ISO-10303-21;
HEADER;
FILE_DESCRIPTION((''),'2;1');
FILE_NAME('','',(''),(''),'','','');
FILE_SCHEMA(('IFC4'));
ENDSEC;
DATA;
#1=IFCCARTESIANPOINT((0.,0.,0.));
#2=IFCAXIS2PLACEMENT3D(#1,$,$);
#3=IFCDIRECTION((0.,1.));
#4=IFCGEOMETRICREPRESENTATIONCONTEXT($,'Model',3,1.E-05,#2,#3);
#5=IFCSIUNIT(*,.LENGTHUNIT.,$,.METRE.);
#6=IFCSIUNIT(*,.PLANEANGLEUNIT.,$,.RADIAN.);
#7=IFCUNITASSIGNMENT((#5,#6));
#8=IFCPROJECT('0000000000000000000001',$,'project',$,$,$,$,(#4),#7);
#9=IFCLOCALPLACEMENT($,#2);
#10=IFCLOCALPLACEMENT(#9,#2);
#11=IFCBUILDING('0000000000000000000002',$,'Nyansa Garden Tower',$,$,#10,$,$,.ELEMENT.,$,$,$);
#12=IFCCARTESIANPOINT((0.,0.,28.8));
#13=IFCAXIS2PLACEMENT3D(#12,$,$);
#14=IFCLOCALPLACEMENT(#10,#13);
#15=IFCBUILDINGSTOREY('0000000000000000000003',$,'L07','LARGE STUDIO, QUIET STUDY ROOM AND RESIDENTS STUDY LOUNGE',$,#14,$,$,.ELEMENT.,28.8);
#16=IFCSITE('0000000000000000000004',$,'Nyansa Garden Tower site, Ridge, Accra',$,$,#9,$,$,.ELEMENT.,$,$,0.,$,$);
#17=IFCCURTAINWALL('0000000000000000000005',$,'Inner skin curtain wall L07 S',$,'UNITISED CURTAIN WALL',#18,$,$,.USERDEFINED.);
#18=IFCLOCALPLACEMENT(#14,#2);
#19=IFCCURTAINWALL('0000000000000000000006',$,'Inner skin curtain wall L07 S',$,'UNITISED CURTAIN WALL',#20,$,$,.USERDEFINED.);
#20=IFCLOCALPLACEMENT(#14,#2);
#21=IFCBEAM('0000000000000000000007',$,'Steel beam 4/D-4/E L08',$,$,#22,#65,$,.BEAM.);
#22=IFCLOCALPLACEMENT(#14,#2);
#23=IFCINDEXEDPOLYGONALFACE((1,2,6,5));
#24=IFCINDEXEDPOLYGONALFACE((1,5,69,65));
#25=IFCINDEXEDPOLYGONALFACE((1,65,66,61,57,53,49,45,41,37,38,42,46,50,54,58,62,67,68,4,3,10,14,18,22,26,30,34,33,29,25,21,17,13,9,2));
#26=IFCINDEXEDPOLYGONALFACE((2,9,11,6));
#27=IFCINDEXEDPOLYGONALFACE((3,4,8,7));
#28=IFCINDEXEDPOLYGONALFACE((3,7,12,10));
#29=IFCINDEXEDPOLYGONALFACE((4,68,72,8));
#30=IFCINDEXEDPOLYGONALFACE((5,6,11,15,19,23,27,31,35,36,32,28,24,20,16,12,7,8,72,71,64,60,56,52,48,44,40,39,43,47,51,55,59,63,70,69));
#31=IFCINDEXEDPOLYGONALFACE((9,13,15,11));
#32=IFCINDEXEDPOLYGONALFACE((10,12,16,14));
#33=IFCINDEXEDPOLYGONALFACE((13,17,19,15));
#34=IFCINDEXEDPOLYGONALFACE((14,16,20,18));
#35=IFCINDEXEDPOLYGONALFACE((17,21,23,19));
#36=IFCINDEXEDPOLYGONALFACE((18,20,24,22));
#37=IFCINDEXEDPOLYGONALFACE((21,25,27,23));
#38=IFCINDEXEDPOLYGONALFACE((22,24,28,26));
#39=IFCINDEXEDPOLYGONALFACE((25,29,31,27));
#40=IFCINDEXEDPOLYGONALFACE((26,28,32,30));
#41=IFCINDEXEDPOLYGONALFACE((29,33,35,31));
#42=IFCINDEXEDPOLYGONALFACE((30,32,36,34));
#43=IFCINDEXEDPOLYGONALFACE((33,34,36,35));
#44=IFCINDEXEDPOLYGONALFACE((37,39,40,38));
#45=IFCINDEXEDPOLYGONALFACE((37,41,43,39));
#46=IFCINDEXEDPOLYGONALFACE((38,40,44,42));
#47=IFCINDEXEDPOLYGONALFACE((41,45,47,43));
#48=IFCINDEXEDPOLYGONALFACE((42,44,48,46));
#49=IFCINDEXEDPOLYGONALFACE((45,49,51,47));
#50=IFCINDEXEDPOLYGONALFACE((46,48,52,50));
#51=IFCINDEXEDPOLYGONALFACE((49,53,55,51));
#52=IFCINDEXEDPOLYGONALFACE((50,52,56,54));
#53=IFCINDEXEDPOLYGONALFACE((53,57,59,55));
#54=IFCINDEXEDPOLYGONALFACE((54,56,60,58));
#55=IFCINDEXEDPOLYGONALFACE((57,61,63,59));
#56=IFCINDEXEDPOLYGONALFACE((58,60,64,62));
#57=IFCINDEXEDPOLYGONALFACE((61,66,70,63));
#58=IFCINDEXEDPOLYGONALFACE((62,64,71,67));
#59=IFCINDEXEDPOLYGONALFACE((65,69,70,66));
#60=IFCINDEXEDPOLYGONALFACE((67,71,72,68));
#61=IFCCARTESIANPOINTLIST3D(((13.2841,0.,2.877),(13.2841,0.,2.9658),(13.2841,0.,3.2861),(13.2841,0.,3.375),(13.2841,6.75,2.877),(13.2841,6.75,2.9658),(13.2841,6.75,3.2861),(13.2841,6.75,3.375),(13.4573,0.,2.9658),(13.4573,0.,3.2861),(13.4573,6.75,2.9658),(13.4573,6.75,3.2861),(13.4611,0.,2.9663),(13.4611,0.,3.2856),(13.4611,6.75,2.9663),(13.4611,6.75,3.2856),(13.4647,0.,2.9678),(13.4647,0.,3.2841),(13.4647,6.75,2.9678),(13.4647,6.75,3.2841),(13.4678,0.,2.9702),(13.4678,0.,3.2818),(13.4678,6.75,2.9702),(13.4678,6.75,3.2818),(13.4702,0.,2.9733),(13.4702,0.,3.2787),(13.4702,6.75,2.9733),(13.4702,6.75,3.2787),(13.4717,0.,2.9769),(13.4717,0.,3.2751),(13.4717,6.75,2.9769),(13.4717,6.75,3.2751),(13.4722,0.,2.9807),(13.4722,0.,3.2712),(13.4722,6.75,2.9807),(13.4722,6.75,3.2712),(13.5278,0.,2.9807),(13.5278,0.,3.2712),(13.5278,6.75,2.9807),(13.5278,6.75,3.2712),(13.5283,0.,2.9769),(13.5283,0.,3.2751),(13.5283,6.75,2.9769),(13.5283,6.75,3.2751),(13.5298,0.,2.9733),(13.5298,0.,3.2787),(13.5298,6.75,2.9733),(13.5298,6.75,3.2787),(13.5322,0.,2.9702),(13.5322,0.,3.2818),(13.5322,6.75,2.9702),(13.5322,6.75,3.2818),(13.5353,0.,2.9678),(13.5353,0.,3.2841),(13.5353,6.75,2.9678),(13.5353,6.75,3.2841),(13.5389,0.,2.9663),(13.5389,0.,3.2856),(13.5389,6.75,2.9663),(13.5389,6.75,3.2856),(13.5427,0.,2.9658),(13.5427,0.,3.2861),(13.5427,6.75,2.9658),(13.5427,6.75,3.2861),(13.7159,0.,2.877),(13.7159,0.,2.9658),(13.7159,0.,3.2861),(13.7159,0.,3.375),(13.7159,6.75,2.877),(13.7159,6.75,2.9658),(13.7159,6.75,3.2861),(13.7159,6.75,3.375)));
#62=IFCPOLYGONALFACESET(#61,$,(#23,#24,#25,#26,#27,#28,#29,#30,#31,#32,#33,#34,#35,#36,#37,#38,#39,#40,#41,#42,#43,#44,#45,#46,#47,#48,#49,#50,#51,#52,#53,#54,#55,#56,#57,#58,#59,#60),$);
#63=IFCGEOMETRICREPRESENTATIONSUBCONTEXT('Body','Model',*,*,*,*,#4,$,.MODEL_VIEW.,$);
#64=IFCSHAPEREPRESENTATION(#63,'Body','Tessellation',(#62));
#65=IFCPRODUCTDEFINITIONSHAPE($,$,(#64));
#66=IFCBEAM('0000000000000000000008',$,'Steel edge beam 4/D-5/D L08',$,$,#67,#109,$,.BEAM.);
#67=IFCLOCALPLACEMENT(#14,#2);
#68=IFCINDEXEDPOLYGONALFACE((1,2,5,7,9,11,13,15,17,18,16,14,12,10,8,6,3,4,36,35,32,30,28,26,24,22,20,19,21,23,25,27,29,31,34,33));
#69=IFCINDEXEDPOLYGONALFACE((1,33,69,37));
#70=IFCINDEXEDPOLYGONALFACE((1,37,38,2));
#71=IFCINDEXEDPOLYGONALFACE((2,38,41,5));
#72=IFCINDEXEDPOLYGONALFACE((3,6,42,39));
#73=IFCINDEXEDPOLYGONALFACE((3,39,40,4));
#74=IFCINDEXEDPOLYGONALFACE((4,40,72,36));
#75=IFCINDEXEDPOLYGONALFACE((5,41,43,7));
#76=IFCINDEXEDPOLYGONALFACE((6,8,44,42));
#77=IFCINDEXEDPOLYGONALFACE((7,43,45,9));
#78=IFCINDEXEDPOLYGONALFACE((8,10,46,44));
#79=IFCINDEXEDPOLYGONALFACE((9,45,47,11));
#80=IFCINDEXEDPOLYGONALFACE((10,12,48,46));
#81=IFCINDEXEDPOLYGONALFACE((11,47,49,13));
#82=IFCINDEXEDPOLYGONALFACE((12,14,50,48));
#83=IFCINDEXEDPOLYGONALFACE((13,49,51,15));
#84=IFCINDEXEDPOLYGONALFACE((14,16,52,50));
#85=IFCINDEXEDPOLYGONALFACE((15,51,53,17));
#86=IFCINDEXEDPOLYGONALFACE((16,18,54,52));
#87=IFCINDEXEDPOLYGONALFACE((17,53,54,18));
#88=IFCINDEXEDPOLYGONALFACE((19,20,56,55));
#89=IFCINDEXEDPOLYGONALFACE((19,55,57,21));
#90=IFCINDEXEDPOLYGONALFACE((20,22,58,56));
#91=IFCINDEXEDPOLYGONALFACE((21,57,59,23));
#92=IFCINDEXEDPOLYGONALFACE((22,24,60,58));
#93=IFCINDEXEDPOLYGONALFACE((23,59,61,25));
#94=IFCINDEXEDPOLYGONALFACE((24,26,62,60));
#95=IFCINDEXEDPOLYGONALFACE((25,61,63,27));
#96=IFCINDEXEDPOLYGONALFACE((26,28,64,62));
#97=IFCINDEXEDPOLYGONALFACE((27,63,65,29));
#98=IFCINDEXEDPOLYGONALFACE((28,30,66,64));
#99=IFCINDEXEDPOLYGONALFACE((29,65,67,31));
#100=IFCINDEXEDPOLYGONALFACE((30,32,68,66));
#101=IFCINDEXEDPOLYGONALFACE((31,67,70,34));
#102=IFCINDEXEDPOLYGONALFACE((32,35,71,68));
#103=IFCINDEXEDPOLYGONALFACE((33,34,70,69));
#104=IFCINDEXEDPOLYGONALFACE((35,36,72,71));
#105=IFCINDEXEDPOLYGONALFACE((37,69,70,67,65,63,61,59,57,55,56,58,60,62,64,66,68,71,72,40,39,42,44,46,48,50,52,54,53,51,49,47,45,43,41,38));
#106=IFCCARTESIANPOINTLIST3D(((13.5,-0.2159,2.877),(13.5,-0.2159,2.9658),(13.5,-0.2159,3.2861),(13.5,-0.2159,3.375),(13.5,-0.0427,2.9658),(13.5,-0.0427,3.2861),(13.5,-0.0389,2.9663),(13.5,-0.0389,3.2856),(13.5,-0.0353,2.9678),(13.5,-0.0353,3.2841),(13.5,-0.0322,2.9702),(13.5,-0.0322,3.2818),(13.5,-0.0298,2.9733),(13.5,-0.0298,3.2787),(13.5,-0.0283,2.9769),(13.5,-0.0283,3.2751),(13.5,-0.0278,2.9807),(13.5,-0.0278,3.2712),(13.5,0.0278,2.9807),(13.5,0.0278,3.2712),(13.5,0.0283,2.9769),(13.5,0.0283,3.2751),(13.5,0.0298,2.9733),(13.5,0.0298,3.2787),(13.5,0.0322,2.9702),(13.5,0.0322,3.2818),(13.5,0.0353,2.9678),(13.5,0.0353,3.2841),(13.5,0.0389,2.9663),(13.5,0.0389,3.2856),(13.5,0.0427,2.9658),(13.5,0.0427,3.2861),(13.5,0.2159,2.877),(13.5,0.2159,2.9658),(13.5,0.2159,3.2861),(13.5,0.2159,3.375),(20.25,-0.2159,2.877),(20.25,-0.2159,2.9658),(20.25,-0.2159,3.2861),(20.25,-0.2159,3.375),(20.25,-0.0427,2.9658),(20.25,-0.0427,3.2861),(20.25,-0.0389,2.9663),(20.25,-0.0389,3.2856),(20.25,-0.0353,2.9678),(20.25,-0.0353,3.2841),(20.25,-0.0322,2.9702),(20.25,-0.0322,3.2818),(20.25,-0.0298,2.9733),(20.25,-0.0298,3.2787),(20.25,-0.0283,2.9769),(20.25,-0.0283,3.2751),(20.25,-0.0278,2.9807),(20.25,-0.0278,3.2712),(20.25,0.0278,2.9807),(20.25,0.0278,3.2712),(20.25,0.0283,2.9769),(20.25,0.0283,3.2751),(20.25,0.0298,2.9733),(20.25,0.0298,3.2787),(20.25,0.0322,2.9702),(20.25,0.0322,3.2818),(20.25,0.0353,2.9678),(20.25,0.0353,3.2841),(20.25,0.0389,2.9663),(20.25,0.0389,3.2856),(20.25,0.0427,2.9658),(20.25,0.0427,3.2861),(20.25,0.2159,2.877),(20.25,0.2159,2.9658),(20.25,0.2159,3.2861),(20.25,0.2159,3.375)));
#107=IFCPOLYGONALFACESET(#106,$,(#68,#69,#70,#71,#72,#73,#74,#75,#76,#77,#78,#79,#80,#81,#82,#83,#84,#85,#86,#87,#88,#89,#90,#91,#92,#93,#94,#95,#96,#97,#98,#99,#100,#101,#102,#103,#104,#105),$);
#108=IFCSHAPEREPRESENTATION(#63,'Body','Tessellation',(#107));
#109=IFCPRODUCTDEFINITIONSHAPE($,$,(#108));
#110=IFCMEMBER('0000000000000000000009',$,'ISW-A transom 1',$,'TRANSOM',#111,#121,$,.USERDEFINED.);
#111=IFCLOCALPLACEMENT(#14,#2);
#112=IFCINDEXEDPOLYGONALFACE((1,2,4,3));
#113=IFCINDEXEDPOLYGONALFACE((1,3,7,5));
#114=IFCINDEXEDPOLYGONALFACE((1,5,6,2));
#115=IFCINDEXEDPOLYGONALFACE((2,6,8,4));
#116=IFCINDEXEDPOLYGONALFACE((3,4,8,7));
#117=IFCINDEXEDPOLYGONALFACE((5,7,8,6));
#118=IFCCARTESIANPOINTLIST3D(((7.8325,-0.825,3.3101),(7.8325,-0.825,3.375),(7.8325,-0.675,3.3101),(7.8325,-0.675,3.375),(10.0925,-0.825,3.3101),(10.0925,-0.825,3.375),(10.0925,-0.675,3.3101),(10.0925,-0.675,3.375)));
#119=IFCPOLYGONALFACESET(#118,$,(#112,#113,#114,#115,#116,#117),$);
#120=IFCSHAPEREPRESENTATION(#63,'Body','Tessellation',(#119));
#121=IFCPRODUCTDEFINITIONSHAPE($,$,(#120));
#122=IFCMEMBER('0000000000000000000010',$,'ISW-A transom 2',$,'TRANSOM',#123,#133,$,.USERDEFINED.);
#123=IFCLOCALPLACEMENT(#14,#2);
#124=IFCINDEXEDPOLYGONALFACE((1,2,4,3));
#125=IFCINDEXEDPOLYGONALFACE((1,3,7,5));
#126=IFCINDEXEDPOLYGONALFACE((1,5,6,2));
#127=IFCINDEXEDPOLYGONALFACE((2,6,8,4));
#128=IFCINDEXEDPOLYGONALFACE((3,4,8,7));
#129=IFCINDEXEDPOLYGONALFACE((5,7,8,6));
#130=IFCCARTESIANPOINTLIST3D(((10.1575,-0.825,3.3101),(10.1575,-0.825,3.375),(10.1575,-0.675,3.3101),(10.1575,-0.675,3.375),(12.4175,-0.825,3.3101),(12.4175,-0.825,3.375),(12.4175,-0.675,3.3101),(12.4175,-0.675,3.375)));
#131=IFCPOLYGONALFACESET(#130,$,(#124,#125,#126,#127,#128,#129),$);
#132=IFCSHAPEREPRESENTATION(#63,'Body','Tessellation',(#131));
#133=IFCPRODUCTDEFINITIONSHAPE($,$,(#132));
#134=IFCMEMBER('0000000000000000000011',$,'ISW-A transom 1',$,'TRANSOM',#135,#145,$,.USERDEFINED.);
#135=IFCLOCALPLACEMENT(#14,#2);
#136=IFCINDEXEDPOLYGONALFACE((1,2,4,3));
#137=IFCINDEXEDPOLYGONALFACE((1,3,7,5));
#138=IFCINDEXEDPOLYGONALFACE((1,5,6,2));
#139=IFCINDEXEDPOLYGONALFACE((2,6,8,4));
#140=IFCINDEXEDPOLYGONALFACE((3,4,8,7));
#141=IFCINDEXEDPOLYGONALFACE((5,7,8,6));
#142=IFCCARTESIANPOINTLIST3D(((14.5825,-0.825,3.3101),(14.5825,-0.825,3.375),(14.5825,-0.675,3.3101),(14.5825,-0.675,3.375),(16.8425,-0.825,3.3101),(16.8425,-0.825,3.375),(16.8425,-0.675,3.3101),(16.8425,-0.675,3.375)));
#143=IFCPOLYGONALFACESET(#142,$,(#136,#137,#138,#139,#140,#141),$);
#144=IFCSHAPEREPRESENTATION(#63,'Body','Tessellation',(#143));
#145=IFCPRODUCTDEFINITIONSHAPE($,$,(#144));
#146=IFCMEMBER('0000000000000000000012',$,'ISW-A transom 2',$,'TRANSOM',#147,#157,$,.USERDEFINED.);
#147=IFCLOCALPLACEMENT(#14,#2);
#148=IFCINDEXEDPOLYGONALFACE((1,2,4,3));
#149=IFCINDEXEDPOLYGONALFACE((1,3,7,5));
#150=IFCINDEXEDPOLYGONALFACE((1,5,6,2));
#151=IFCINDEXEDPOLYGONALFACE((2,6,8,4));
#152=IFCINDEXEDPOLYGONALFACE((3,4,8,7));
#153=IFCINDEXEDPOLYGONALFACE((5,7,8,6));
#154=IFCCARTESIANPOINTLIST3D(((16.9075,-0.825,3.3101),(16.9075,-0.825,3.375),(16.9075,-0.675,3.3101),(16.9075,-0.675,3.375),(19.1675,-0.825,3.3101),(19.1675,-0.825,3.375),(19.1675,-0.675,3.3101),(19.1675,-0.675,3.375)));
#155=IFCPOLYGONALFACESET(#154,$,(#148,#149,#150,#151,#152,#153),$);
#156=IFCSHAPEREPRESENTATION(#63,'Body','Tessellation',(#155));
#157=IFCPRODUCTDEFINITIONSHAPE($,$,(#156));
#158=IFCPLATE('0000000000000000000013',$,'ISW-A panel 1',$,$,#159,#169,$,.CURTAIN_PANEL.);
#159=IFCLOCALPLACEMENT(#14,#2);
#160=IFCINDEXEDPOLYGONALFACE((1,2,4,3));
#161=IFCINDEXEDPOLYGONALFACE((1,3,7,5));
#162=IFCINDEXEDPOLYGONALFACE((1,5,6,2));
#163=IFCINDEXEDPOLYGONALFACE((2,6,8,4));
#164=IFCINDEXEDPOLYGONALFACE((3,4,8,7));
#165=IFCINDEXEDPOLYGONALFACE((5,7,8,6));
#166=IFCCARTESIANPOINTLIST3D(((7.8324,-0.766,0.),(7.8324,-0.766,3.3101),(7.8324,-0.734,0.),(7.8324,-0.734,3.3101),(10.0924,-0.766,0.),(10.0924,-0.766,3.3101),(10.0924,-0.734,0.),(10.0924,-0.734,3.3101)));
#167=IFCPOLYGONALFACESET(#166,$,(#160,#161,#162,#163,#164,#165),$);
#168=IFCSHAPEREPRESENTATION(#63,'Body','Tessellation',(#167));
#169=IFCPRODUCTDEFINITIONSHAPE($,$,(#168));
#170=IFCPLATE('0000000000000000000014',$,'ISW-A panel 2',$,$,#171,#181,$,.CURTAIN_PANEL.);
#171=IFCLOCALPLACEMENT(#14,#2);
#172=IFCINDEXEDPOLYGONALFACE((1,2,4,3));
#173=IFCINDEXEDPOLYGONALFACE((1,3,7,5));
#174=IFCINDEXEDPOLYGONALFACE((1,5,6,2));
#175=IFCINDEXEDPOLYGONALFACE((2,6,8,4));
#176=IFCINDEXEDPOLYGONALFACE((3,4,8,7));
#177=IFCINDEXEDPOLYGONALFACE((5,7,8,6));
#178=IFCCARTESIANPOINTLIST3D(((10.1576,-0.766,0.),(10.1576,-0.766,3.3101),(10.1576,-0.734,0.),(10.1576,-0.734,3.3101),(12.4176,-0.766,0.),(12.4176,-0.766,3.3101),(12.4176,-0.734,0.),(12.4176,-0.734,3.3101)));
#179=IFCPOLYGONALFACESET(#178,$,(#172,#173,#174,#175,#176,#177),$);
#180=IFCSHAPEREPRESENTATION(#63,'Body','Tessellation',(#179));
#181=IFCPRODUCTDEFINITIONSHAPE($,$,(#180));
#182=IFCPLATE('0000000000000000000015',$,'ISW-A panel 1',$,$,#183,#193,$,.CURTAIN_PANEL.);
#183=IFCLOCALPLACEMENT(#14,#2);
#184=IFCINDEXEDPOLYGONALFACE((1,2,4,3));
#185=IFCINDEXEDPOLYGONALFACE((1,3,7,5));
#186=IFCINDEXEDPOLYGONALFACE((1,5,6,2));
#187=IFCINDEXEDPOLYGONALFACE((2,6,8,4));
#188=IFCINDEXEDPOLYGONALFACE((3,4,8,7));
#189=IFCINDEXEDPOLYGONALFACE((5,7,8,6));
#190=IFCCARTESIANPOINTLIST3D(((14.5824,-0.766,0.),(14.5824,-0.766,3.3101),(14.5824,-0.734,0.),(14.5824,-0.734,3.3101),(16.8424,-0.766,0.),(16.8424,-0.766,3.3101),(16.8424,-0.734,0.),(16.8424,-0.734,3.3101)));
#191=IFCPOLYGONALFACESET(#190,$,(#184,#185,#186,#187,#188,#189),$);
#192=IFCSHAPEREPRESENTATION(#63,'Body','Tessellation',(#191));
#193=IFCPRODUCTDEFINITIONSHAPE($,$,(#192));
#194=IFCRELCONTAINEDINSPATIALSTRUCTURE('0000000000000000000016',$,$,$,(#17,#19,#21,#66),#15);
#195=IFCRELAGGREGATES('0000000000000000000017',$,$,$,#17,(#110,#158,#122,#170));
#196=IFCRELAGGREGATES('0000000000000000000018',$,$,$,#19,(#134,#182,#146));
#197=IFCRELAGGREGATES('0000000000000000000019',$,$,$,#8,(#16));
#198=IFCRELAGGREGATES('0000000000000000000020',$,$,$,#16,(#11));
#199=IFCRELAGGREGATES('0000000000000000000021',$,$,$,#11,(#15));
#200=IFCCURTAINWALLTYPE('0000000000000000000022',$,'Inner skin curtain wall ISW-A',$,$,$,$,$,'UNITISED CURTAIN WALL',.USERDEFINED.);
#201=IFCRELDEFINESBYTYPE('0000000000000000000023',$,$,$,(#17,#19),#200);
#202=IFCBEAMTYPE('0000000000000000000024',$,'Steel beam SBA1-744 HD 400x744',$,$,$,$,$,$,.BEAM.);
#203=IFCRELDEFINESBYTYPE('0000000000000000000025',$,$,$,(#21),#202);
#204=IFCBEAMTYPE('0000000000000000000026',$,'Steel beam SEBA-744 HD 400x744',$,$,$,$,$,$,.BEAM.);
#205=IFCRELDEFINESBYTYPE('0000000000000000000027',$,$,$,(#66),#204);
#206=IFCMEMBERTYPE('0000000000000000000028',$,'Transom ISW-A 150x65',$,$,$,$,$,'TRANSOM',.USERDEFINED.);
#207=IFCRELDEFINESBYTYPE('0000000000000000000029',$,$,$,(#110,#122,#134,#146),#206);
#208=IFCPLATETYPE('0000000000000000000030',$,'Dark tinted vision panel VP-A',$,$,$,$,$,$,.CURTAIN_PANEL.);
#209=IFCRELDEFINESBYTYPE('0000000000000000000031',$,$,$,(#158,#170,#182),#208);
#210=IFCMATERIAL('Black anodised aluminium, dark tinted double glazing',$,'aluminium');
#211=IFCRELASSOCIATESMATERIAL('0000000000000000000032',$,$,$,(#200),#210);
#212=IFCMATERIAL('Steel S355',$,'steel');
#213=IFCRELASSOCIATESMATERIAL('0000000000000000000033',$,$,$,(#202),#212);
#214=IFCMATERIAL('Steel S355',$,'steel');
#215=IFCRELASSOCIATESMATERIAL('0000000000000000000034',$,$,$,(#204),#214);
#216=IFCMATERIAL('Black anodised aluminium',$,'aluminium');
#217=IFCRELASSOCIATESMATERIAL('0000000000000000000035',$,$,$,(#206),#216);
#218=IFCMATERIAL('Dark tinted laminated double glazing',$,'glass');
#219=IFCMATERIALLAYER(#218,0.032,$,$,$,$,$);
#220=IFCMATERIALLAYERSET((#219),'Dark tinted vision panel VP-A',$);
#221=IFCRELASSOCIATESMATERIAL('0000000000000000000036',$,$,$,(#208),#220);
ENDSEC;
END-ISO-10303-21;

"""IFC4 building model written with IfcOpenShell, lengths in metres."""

from ifc_helpers import new_model, si_unit, direction, frame, origin, origin_2d, place, context, subcontext, project, spatial, rectangle, i_section, extrude, material, layer, layer_set, material_profile, profile_set, type_object, element, aggregate, save


model = new_model("IFC4")

# Units and contexts
model_context = context("Model", 3, precision=1e-05, world=origin(), true_north=direction((0.0, 1.0)))
body_context = subcontext(model_context, "Body", "Model", "MODEL_VIEW")
ifc_project = project(units=[si_unit("LENGTHUNIT", "METRE"), si_unit("PLANEANGLEUNIT", "RADIAN")], contexts=[model_context])

# Site, building, storey
site_placement = place(None, origin())
site = spatial("IfcSite", under=ifc_project, at=site_placement, Name="Nyansa Garden Tower site, Ridge, Accra", CompositionType="ELEMENT", RefElevation=0.0)
building_placement = place(site_placement, origin())
building = spatial("IfcBuilding", under=site, at=building_placement, Name="Nyansa Garden Tower", CompositionType="ELEMENT")
storey_placement = place(building_placement, frame((0.0, 0.0, 28.8)))
storey = spatial("IfcBuildingStorey", under=building, at=storey_placement, Name="L07", Description="LARGE STUDIO, QUIET STUDY ROOM AND RESIDENTS STUDY LOUNGE", CompositionType="ELEMENT", Elevation=28.8)

# Curtain walls
ifc_material_1 = material(Name="Black anodised aluminium, dark tinted double glazing", Category="aluminium")
curtain_wall_type = type_object("IfcCurtainWallType", Name="Inner skin curtain wall ISW-A", ElementType="UNITISED CURTAIN WALL", PredefinedType="USERDEFINED", material=ifc_material_1)
curtain_wall_1_placement = place(storey_placement, origin())
curtain_wall_1 = element("IfcCurtainWall", 1, at=curtain_wall_1_placement, inside=storey, type_object=curtain_wall_type, Name="Inner skin curtain wall L07 S", ObjectType="UNITISED CURTAIN WALL", PredefinedType="USERDEFINED")
curtain_wall_2_placement = place(storey_placement, origin())
curtain_wall_2 = element("IfcCurtainWall", 2, at=curtain_wall_2_placement, inside=storey, type_object=curtain_wall_type, Name="Inner skin curtain wall L07 S", ObjectType="UNITISED CURTAIN WALL", PredefinedType="USERDEFINED")

# Beams
ifc_material_2 = material(Name="Steel S355", Category="steel")
ifc_material_profile_1 = material_profile(ifc_material_2, i_section(OverallWidth=0.4319, OverallDepth=0.498, WebThickness=0.0557, FlangeThickness=0.0889, FilletRadius=0.0149, at=origin_2d()), Name="HD 400x744")
ifc_profile_set_1 = profile_set([ifc_material_profile_1], Name="Steel S355")
beam_type_1 = type_object("IfcBeamType", Name="Steel beam SBA1-744 HD 400x744", PredefinedType="BEAM", material=ifc_profile_set_1)
beam_1_placement = place(storey_placement, frame((13.5, 0.0, 3.126), z_axis=(0.0, 1.0, 0.0), x_axis=(-1.0, 0.0, 0.0)))
element("IfcBeam", 3, at=beam_1_placement, inside=storey, type_object=beam_type_1, Name="Steel beam 4/D-4/E L08", PredefinedType="BEAM", context=body_context, shape_type="SweptSolid", body=[
    extrude(i_section(OverallWidth=0.4319, OverallDepth=0.498, WebThickness=0.0557, FlangeThickness=0.0889, FilletRadius=0.0149, at=origin_2d()), origin(), (0.0, 0.0, 1.0), 6.75),
])
ifc_material_3 = material(Name="Steel S355", Category="steel")
ifc_material_profile_2 = material_profile(ifc_material_3, i_section(OverallWidth=0.4319, OverallDepth=0.498, WebThickness=0.0557, FlangeThickness=0.0889, FilletRadius=0.0149, at=origin_2d()), Name="HD 400x744")
ifc_profile_set_2 = profile_set([ifc_material_profile_2], Name="Steel S355")
beam_type_2 = type_object("IfcBeamType", Name="Steel beam SEBA-744 HD 400x744", PredefinedType="BEAM", material=ifc_profile_set_2)
beam_2_placement = place(storey_placement, frame((13.5, 0.0, 3.126), z_axis=(1.0, 0.0, 0.0), x_axis=(0.0, 1.0, 0.0)))
element("IfcBeam", 4, at=beam_2_placement, inside=storey, type_object=beam_type_2, Name="Steel edge beam 4/D-5/D L08", PredefinedType="BEAM", context=body_context, shape_type="SweptSolid", body=[
    extrude(i_section(OverallWidth=0.4319, OverallDepth=0.498, WebThickness=0.0557, FlangeThickness=0.0889, FilletRadius=0.0149, at=origin_2d()), origin(), (0.0, 0.0, 1.0), 6.75),
])

# Members
ifc_material_4 = material(Name="Black anodised aluminium", Category="aluminium")
ifc_material_profile_3 = material_profile(ifc_material_4, rectangle(XDim=0.1499, YDim=0.0649, at=origin_2d()), Name="Transom 150x65")
ifc_profile_set_3 = profile_set([ifc_material_profile_3], Name="Black anodised aluminium")
member_type_1 = type_object("IfcMemberType", Name="Transom ISW-A 150x65", ElementType="TRANSOM", PredefinedType="USERDEFINED", material=ifc_profile_set_3)
member_1_placement = place(storey_placement, frame((7.8325, -0.75, 3.3425), z_axis=(1.0, 0.0, 0.0), x_axis=(0.0, 1.0, 0.0)))
member_1 = element("IfcMember", 5, at=member_1_placement, type_object=member_type_1, Name="ISW-A transom 1", ObjectType="TRANSOM", PredefinedType="USERDEFINED", context=body_context, shape_type="SweptSolid", body=[
    extrude(rectangle(XDim=0.1499, YDim=0.0649, at=origin_2d()), origin(), (0.0, 0.0, 1.0), 2.26),
])
member_2_placement = place(storey_placement, frame((10.1575, -0.75, 3.3425), z_axis=(1.0, 0.0, 0.0), x_axis=(0.0, 1.0, 0.0)))
member_2 = element("IfcMember", 6, at=member_2_placement, type_object=member_type_1, Name="ISW-A transom 2", ObjectType="TRANSOM", PredefinedType="USERDEFINED", context=body_context, shape_type="SweptSolid", body=[
    extrude(rectangle(XDim=0.1499, YDim=0.0649, at=origin_2d()), origin(), (0.0, 0.0, 1.0), 2.26),
])
member_3_placement = place(storey_placement, frame((14.5825, -0.75, 3.3425), z_axis=(1.0, 0.0, 0.0), x_axis=(0.0, 1.0, 0.0)))
member_3 = element("IfcMember", 7, at=member_3_placement, type_object=member_type_1, Name="ISW-A transom 1", ObjectType="TRANSOM", PredefinedType="USERDEFINED", context=body_context, shape_type="SweptSolid", body=[
    extrude(rectangle(XDim=0.1499, YDim=0.0649, at=origin_2d()), origin(), (0.0, 0.0, 1.0), 2.26),
])
member_4_placement = place(storey_placement, frame((16.9075, -0.75, 3.3425), z_axis=(1.0, 0.0, 0.0), x_axis=(0.0, 1.0, 0.0)))
member_4 = element("IfcMember", 8, at=member_4_placement, type_object=member_type_1, Name="ISW-A transom 2", ObjectType="TRANSOM", PredefinedType="USERDEFINED", context=body_context, shape_type="SweptSolid", body=[
    extrude(rectangle(XDim=0.1499, YDim=0.0649, at=origin_2d()), origin(), (0.0, 0.0, 1.0), 2.26),
])

# Plates
ifc_material_5 = material(Name="Dark tinted laminated double glazing", Category="glass")
ifc_layer_1 = layer(ifc_material_5, 0.032)
ifc_layer_set_1 = layer_set([ifc_layer_1], Name="Dark tinted vision panel VP-A")
plate_type_1 = type_object("IfcPlateType", Name="Dark tinted vision panel VP-A", PredefinedType="CURTAIN_PANEL", material=ifc_layer_set_1)
plate_1_placement = place(storey_placement, frame((8.9624, -0.75, 0.0), z_axis=(0.0, 0.0, 1.0), x_axis=(1.0, 0.0, 0.0)))
plate_1 = element("IfcPlate", 9, at=plate_1_placement, type_object=plate_type_1, Name="ISW-A panel 1", PredefinedType="CURTAIN_PANEL", context=body_context, shape_type="SweptSolid", body=[
    extrude(rectangle(XDim=2.26, YDim=0.032, at=origin_2d()), origin(), (0.0, 0.0, 1.0), 3.3101),
])
plate_2_placement = place(storey_placement, frame((11.2876, -0.75, 0.0), z_axis=(0.0, 0.0, 1.0), x_axis=(1.0, 0.0, 0.0)))
plate_2 = element("IfcPlate", 10, at=plate_2_placement, type_object=plate_type_1, Name="ISW-A panel 2", PredefinedType="CURTAIN_PANEL", context=body_context, shape_type="SweptSolid", body=[
    extrude(rectangle(XDim=2.26, YDim=0.032, at=origin_2d()), origin(), (0.0, 0.0, 1.0), 3.3101),
])
aggregate(curtain_wall_1, [member_1, plate_1, member_2, plate_2])
plate_3_placement = place(storey_placement, frame((15.7124, -0.75, 0.0), z_axis=(0.0, 0.0, 1.0), x_axis=(1.0, 0.0, 0.0)))
plate_3 = element("IfcPlate", 11, at=plate_3_placement, type_object=plate_type_1, Name="ISW-A panel 1", PredefinedType="CURTAIN_PANEL", context=body_context, shape_type="SweptSolid", body=[
    extrude(rectangle(XDim=2.26, YDim=0.032, at=origin_2d()), origin(), (0.0, 0.0, 1.0), 3.3101),
])
aggregate(curtain_wall_2, [member_3, plate_3, member_4])

save(model, "model.ifc")
